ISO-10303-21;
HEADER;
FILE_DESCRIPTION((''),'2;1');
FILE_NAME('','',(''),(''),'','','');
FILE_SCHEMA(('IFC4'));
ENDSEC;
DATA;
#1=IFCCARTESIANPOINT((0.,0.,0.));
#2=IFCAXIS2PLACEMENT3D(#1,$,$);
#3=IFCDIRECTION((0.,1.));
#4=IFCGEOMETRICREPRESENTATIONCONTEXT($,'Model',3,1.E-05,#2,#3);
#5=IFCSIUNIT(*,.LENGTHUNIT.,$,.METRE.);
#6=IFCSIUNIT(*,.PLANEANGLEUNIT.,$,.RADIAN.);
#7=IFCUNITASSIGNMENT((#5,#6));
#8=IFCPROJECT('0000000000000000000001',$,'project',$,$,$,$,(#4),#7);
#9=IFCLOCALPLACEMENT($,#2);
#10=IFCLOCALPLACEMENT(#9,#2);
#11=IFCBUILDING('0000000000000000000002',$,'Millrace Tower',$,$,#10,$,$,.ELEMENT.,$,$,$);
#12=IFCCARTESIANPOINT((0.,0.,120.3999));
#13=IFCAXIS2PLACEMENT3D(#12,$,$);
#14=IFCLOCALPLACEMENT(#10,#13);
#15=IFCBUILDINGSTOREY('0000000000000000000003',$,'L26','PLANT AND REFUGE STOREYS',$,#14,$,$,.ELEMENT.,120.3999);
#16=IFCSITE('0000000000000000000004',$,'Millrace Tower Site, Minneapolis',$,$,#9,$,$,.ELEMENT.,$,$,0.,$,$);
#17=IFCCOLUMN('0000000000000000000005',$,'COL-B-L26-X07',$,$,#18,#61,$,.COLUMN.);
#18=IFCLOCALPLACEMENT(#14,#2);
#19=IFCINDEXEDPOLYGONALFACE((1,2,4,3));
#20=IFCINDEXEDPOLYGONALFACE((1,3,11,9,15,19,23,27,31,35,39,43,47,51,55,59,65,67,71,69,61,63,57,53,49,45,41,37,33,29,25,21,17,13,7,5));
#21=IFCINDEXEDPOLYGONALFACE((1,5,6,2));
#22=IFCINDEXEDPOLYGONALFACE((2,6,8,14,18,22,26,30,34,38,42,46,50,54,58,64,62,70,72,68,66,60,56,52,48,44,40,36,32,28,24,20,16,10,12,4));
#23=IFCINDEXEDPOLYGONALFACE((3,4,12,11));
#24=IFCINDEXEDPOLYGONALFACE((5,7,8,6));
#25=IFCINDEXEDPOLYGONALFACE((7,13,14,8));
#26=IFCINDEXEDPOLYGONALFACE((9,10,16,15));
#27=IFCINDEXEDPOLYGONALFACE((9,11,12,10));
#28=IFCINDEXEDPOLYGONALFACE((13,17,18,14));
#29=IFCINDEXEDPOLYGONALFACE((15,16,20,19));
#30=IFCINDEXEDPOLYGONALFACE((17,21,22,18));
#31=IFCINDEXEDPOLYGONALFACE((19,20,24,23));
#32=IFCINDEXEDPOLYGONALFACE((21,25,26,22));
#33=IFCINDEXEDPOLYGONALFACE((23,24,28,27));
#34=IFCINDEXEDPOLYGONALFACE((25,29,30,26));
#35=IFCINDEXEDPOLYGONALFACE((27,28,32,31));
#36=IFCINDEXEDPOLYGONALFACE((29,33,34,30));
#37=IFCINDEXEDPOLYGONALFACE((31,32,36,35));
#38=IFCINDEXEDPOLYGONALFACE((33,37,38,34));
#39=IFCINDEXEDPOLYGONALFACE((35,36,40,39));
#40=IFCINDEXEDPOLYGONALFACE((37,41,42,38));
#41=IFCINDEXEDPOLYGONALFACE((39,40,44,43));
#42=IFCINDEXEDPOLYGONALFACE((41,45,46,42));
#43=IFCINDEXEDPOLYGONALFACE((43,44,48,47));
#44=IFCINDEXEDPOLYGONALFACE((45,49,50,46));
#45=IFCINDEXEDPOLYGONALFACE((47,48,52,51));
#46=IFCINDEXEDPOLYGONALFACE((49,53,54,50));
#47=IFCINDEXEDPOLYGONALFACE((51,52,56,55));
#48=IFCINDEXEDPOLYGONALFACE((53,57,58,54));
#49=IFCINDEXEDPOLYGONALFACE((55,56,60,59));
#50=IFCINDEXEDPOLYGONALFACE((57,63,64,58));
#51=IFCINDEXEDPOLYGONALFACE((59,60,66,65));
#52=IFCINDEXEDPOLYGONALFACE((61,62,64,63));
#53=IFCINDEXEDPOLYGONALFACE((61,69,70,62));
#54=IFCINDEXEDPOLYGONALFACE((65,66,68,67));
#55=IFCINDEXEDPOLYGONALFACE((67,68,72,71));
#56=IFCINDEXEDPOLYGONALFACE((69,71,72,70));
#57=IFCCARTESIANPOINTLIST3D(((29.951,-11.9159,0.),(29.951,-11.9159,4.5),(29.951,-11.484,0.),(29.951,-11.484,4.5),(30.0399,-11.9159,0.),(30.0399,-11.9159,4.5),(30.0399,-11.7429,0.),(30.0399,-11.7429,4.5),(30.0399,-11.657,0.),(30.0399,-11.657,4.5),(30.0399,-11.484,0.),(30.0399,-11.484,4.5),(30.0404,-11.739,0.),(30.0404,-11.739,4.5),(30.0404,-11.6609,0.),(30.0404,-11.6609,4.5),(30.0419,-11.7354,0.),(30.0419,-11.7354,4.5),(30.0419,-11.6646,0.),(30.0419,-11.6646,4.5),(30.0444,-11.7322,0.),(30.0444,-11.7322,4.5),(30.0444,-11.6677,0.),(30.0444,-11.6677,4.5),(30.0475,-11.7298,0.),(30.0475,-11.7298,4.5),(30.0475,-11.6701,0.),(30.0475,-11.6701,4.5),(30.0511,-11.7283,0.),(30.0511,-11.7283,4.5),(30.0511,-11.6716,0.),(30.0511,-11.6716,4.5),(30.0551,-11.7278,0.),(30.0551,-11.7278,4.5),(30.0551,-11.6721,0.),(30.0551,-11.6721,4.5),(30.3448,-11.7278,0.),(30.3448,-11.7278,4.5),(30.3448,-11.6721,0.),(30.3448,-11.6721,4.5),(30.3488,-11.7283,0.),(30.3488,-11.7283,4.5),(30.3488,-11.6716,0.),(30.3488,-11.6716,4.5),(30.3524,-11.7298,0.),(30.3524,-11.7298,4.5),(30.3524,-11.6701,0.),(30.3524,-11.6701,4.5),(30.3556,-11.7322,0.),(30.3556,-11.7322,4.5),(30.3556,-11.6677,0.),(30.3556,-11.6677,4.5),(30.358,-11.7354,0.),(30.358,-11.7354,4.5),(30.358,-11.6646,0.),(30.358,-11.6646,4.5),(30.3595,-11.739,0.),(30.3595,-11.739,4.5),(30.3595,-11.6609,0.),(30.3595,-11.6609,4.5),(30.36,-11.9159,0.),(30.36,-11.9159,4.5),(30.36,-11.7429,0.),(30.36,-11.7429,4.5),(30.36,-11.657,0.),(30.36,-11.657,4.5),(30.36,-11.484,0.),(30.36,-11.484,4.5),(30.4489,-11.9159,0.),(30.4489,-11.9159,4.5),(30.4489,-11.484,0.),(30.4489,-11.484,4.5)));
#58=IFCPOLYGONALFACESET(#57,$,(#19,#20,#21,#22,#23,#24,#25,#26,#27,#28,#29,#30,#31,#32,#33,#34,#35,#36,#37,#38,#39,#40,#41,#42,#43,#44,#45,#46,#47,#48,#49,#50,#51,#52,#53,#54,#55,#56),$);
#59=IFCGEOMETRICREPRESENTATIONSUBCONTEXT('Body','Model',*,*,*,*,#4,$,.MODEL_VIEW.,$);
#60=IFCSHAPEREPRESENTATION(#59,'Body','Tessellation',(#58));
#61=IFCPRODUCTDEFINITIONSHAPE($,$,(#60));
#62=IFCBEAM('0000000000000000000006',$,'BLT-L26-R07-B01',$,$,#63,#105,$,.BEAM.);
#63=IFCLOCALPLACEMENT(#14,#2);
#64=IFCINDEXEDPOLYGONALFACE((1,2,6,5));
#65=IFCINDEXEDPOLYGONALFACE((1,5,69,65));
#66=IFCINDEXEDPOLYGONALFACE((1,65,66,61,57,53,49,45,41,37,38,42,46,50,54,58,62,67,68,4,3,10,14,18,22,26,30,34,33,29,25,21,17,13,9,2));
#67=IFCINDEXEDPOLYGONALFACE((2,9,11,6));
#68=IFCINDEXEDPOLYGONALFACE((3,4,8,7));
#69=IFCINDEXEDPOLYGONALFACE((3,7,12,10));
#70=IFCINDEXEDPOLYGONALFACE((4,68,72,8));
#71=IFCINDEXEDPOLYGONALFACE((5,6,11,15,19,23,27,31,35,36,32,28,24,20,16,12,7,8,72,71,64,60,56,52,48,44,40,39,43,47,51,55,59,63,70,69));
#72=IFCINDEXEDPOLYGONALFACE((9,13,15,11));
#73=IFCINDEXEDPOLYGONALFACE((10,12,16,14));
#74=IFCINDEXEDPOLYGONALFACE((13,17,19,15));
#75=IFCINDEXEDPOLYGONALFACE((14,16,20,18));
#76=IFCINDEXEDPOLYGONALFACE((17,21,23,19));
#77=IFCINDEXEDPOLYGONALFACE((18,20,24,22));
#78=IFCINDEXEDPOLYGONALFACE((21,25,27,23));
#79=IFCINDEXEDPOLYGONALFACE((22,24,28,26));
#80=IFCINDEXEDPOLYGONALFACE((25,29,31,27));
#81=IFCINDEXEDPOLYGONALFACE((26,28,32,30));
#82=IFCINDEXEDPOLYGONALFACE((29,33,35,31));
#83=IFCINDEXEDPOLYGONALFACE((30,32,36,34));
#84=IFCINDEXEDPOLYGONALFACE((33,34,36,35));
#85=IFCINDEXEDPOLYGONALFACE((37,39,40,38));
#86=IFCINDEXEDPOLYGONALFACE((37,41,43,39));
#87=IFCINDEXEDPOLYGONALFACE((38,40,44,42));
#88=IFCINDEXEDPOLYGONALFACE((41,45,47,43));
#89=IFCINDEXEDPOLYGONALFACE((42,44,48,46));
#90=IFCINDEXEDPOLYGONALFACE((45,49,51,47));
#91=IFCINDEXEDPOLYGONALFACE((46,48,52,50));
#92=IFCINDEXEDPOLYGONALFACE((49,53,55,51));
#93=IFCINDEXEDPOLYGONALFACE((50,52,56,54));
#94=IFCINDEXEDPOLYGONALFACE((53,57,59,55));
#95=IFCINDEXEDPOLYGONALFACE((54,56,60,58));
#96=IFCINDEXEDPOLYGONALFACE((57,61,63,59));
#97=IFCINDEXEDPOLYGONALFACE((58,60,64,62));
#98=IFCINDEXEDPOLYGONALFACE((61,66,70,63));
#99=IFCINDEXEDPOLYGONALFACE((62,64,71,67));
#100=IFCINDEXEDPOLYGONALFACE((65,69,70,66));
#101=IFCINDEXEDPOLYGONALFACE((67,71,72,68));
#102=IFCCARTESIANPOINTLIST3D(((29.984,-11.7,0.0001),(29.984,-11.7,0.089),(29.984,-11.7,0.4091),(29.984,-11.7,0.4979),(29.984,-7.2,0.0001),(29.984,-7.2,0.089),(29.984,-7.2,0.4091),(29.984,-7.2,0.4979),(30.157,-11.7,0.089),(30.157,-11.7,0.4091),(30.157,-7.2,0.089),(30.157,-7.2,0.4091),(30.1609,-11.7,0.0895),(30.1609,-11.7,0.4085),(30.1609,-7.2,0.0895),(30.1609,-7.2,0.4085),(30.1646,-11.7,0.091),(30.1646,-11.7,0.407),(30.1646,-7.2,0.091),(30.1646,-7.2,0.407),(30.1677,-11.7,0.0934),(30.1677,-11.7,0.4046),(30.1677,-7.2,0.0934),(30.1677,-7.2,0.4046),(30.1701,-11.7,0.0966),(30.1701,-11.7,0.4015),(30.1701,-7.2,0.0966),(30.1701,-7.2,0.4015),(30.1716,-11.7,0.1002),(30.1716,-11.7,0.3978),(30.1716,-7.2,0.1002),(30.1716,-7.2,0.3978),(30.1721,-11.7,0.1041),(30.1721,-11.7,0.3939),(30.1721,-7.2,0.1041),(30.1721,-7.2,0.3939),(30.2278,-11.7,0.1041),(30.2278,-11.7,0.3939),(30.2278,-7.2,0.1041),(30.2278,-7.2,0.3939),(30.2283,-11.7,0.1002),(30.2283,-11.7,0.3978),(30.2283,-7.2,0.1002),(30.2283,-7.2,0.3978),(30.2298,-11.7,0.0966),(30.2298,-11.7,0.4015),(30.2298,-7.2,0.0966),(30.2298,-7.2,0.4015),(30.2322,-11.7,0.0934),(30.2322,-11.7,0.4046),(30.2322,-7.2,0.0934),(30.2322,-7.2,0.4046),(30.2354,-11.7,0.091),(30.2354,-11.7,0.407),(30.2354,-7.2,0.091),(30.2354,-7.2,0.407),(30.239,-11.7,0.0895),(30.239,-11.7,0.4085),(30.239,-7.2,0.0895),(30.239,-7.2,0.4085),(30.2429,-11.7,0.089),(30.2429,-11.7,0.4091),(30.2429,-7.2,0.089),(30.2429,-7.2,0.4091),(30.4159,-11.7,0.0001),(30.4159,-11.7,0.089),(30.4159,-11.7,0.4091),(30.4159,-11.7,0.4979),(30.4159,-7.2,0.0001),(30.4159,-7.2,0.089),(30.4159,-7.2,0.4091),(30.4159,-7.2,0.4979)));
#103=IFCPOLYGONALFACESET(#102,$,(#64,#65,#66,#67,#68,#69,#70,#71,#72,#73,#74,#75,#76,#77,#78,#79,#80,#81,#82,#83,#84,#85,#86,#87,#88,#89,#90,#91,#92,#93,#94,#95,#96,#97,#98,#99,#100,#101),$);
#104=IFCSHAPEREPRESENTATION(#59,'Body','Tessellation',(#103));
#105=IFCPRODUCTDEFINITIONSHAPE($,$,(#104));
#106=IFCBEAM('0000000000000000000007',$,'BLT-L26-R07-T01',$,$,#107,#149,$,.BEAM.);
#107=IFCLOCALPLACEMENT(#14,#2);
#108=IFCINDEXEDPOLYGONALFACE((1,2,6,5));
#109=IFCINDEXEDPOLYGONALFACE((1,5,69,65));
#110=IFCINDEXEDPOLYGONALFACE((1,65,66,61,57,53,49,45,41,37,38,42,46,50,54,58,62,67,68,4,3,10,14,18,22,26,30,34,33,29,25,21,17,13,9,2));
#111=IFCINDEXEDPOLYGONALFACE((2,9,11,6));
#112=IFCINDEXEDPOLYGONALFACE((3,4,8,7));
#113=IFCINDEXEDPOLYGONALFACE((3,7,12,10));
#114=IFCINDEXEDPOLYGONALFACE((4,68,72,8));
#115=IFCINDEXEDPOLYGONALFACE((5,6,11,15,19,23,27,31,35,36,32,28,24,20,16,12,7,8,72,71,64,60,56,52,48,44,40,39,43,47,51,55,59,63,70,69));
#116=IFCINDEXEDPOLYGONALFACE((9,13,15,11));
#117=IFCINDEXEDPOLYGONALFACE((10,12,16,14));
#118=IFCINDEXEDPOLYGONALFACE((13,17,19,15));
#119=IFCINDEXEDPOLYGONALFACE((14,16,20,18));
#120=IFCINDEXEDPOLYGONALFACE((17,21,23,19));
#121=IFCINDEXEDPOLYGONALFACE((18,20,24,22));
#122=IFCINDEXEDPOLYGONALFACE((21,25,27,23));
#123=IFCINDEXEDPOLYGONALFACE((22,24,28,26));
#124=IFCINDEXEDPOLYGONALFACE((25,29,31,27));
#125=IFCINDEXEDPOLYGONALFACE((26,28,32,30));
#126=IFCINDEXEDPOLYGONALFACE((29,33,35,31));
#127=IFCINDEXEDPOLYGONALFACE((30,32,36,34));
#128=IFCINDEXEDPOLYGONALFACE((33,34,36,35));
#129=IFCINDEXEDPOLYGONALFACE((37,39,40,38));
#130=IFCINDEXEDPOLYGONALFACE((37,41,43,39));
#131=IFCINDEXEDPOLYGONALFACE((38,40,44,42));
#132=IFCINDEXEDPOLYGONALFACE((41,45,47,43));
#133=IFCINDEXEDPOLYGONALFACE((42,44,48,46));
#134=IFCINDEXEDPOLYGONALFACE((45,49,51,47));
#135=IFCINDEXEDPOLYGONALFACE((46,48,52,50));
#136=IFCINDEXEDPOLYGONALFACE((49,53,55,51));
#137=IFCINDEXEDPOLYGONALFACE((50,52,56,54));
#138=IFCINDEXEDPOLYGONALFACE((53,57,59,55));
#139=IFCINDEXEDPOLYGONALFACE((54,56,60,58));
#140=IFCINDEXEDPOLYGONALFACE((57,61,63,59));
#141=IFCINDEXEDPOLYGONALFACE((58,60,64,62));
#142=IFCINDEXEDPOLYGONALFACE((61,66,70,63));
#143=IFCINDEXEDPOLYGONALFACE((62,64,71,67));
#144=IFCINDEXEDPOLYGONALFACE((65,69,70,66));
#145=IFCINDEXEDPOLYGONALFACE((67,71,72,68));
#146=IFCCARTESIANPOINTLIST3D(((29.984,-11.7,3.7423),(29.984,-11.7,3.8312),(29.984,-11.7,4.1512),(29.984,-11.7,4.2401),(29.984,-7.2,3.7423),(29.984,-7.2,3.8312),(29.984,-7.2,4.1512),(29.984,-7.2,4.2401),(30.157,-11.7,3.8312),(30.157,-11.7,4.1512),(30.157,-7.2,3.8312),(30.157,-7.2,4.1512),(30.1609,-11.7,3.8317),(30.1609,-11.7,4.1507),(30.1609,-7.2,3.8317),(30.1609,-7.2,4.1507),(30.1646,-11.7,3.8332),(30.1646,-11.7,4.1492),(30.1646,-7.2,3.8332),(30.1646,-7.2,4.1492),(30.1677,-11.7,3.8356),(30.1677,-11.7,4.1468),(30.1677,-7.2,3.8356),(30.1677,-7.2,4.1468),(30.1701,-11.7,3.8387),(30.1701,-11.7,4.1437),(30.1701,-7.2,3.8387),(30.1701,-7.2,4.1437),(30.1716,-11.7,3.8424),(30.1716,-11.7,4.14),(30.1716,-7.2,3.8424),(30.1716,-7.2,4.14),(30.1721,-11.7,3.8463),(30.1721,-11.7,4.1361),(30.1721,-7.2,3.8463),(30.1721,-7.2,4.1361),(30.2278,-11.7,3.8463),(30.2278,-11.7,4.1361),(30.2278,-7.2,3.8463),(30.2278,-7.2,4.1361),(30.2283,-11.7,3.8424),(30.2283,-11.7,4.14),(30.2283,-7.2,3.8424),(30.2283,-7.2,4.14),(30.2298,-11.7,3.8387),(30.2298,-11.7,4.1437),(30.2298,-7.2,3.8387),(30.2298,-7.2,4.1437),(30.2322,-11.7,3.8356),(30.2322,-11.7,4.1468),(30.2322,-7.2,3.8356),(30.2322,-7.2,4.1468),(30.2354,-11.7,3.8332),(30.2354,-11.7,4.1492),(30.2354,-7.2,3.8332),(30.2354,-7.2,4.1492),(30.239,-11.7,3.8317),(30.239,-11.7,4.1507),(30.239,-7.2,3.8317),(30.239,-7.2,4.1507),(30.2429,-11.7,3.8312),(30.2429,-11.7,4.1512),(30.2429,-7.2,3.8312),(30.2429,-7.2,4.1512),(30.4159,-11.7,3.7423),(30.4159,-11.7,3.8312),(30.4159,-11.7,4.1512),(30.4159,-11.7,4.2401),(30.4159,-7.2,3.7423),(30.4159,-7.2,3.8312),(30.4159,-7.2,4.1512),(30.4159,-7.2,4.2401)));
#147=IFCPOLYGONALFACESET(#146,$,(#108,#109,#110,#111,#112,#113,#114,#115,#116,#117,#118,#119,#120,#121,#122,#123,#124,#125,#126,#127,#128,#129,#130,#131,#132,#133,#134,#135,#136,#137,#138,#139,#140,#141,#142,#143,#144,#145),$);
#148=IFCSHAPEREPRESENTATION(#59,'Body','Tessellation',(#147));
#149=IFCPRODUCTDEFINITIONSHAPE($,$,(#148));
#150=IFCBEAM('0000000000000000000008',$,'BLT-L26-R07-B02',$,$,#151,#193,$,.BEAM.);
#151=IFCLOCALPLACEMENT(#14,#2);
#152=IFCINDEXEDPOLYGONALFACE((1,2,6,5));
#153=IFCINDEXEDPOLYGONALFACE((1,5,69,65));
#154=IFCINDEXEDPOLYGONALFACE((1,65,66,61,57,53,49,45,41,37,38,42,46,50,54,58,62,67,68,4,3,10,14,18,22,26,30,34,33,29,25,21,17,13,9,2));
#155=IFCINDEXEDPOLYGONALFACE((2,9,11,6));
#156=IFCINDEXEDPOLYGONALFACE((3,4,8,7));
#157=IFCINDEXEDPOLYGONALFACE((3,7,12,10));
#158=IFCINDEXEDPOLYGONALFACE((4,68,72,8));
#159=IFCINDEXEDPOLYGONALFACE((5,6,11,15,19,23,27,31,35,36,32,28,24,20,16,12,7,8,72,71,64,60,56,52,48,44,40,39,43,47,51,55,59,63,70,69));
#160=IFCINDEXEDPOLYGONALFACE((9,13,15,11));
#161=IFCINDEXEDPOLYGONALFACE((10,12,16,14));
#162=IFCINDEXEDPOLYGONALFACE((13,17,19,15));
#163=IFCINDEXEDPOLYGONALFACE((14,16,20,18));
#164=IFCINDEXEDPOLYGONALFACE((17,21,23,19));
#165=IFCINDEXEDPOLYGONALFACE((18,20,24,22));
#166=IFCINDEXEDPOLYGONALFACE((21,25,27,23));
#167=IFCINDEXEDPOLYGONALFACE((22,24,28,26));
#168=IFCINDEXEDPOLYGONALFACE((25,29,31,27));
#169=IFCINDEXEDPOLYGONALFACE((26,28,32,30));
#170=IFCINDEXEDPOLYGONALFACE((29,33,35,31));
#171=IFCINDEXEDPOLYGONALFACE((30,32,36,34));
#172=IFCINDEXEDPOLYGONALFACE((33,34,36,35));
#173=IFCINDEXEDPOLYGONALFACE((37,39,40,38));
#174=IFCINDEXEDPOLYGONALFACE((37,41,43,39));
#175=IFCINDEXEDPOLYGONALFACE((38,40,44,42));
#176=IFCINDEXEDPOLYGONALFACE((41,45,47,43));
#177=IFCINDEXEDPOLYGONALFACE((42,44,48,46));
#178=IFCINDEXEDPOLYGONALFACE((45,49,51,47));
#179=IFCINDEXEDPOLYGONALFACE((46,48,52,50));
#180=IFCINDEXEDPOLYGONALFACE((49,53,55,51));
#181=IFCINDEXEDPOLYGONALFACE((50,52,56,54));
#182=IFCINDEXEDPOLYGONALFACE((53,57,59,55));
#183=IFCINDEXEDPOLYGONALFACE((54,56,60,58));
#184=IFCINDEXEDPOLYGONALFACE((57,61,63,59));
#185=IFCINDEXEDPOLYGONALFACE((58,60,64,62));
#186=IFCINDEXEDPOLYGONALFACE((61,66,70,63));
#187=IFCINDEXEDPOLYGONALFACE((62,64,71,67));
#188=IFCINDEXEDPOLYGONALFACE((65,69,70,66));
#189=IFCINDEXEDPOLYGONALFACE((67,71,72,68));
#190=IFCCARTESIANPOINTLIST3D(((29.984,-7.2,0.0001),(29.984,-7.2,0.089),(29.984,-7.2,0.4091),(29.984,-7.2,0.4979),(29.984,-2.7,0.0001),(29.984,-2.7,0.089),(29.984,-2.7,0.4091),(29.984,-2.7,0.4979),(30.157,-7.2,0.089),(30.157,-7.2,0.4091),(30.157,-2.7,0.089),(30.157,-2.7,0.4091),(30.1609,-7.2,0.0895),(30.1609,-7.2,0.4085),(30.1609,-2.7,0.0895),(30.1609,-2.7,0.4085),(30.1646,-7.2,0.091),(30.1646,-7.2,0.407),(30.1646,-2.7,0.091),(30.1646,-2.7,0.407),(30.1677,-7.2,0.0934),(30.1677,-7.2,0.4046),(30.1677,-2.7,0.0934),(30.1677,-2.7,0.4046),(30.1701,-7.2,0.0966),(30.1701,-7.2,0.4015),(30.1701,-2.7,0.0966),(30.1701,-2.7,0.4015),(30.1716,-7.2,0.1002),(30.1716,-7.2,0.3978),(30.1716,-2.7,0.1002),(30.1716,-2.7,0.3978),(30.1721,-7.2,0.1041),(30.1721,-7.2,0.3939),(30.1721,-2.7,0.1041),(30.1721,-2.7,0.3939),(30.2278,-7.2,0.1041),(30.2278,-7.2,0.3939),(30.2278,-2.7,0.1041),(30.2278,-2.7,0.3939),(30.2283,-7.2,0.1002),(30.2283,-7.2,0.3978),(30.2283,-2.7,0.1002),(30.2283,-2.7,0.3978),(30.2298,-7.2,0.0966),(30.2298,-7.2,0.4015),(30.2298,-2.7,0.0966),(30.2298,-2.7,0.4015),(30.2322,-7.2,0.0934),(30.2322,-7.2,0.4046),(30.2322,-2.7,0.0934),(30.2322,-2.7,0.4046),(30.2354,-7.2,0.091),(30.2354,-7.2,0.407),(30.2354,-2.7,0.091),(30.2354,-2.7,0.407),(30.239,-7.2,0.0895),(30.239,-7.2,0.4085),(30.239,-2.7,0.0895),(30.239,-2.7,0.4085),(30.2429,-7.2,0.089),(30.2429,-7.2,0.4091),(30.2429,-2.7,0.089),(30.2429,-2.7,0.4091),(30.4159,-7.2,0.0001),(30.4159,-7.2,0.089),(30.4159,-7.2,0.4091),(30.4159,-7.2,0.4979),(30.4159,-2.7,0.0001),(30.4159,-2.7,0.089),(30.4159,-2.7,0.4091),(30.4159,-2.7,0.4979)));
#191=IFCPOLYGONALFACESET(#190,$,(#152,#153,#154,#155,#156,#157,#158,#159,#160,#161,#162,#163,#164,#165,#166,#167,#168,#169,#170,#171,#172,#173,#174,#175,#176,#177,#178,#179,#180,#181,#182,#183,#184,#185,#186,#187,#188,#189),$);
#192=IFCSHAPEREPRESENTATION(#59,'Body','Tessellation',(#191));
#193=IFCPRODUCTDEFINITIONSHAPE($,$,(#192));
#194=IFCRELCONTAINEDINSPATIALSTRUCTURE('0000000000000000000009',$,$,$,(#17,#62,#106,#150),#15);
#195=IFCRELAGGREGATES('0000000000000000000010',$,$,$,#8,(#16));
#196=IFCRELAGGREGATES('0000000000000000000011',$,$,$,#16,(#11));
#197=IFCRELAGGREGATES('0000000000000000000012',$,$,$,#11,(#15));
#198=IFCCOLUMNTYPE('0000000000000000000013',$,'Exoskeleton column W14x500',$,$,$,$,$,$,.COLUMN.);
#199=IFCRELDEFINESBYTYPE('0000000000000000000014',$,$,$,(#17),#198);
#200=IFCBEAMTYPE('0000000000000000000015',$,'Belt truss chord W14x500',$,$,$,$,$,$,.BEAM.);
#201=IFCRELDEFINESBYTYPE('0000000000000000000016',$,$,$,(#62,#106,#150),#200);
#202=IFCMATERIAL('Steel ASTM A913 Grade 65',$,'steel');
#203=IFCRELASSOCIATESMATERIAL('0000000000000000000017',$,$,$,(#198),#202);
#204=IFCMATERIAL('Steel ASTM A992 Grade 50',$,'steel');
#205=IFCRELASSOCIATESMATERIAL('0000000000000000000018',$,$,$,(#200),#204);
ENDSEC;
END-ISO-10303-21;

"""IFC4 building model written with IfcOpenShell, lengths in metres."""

from ifc_helpers import new_model, si_unit, direction, frame, origin, origin_2d, place, context, subcontext, project, spatial, i_section, extrude, material, material_profile, profile_set, type_object, element, save


model = new_model("IFC4")

# Units and contexts
model_context = context("Model", 3, precision=1e-05, world=origin(), true_north=direction((0.0, 1.0)))
body_context = subcontext(model_context, "Body", "Model", "MODEL_VIEW")
ifc_project = project(units=[si_unit("LENGTHUNIT", "METRE"), si_unit("PLANEANGLEUNIT", "RADIAN")], contexts=[model_context])

# Site, building, storey
site_placement = place(None, origin())
site = spatial("IfcSite", under=ifc_project, at=site_placement, Name="Millrace Tower Site, Minneapolis", CompositionType="ELEMENT", RefElevation=0.0)
building_placement = place(site_placement, origin())
building = spatial("IfcBuilding", under=site, at=building_placement, Name="Millrace Tower", CompositionType="ELEMENT")
storey_placement = place(building_placement, frame((0.0, 0.0, 120.3999)))
storey = spatial("IfcBuildingStorey", under=building, at=storey_placement, Name="L26", Description="PLANT AND REFUGE STOREYS", CompositionType="ELEMENT", Elevation=120.3999)

# Column
ifc_material_1 = material(Name="Steel ASTM A913 Grade 65", Category="steel")
ifc_material_profile_1 = material_profile(ifc_material_1, i_section(OverallWidth=0.4319, OverallDepth=0.4978, WebThickness=0.0557, FlangeThickness=0.0889, FilletRadius=0.0151, at=origin_2d()))
ifc_profile_set_1 = profile_set([ifc_material_profile_1], Name="Steel ASTM A913 Grade 65")
column_type = type_object("IfcColumnType", Name="Exoskeleton column W14x500", PredefinedType="COLUMN", material=ifc_profile_set_1)
column_placement = place(storey_placement, frame((30.2, -11.7, 0.0), z_axis=(0.0, 0.0, 1.0), x_axis=(0.0, 1.0, 0.0)))
element("IfcColumn", 1, at=column_placement, inside=storey, type_object=column_type, Name="COL-B-L26-X07", PredefinedType="COLUMN", context=body_context, shape_type="SweptSolid", body=[
    extrude(i_section(OverallWidth=0.4319, OverallDepth=0.4978, WebThickness=0.0557, FlangeThickness=0.0889, FilletRadius=0.0151, at=origin_2d()), origin(), (0.0, 0.0, 1.0), 4.5),
])

# Beams
ifc_material_2 = material(Name="Steel ASTM A992 Grade 50", Category="steel")
ifc_material_profile_2 = material_profile(ifc_material_2, i_section(OverallWidth=0.4319, OverallDepth=0.4978, WebThickness=0.0557, FlangeThickness=0.0889, FilletRadius=0.0151, at=origin_2d()))
ifc_profile_set_2 = profile_set([ifc_material_profile_2], Name="Steel ASTM A992 Grade 50")
beam_type_1 = type_object("IfcBeamType", Name="Belt truss chord W14x500", PredefinedType="BEAM", material=ifc_profile_set_2)
for number, where, z_axis, x_axis, name in (
    (2, (30.2, -11.7, 0.249), (0.0, 1.0, 0.0), (-1.0, 0.0, 0.0), "BLT-L26-R07-B01"),
    (3, (30.2, -11.7, 3.9912), (0.0, 1.0, 0.0), (-1.0, 0.0, 0.0), "BLT-L26-R07-T01"),
    (4, (30.2, -7.2, 0.249), (0.0, 1.0, 0.0), (-1.0, 0.0, 0.0), "BLT-L26-R07-B02"),
):
    element("IfcBeam", number, at=place(storey_placement, frame(where, z_axis=z_axis, x_axis=x_axis)), inside=storey, type_object=beam_type_1, Name=name, PredefinedType="BEAM", context=body_context, shape_type="SweptSolid", body=[
        extrude(i_section(OverallWidth=0.4319, OverallDepth=0.4978, WebThickness=0.0557, FlangeThickness=0.0889, FilletRadius=0.0151, at=origin_2d()), origin(), (0.0, 0.0, 1.0), 4.5),
    ])

save(model, "model.ifc")
